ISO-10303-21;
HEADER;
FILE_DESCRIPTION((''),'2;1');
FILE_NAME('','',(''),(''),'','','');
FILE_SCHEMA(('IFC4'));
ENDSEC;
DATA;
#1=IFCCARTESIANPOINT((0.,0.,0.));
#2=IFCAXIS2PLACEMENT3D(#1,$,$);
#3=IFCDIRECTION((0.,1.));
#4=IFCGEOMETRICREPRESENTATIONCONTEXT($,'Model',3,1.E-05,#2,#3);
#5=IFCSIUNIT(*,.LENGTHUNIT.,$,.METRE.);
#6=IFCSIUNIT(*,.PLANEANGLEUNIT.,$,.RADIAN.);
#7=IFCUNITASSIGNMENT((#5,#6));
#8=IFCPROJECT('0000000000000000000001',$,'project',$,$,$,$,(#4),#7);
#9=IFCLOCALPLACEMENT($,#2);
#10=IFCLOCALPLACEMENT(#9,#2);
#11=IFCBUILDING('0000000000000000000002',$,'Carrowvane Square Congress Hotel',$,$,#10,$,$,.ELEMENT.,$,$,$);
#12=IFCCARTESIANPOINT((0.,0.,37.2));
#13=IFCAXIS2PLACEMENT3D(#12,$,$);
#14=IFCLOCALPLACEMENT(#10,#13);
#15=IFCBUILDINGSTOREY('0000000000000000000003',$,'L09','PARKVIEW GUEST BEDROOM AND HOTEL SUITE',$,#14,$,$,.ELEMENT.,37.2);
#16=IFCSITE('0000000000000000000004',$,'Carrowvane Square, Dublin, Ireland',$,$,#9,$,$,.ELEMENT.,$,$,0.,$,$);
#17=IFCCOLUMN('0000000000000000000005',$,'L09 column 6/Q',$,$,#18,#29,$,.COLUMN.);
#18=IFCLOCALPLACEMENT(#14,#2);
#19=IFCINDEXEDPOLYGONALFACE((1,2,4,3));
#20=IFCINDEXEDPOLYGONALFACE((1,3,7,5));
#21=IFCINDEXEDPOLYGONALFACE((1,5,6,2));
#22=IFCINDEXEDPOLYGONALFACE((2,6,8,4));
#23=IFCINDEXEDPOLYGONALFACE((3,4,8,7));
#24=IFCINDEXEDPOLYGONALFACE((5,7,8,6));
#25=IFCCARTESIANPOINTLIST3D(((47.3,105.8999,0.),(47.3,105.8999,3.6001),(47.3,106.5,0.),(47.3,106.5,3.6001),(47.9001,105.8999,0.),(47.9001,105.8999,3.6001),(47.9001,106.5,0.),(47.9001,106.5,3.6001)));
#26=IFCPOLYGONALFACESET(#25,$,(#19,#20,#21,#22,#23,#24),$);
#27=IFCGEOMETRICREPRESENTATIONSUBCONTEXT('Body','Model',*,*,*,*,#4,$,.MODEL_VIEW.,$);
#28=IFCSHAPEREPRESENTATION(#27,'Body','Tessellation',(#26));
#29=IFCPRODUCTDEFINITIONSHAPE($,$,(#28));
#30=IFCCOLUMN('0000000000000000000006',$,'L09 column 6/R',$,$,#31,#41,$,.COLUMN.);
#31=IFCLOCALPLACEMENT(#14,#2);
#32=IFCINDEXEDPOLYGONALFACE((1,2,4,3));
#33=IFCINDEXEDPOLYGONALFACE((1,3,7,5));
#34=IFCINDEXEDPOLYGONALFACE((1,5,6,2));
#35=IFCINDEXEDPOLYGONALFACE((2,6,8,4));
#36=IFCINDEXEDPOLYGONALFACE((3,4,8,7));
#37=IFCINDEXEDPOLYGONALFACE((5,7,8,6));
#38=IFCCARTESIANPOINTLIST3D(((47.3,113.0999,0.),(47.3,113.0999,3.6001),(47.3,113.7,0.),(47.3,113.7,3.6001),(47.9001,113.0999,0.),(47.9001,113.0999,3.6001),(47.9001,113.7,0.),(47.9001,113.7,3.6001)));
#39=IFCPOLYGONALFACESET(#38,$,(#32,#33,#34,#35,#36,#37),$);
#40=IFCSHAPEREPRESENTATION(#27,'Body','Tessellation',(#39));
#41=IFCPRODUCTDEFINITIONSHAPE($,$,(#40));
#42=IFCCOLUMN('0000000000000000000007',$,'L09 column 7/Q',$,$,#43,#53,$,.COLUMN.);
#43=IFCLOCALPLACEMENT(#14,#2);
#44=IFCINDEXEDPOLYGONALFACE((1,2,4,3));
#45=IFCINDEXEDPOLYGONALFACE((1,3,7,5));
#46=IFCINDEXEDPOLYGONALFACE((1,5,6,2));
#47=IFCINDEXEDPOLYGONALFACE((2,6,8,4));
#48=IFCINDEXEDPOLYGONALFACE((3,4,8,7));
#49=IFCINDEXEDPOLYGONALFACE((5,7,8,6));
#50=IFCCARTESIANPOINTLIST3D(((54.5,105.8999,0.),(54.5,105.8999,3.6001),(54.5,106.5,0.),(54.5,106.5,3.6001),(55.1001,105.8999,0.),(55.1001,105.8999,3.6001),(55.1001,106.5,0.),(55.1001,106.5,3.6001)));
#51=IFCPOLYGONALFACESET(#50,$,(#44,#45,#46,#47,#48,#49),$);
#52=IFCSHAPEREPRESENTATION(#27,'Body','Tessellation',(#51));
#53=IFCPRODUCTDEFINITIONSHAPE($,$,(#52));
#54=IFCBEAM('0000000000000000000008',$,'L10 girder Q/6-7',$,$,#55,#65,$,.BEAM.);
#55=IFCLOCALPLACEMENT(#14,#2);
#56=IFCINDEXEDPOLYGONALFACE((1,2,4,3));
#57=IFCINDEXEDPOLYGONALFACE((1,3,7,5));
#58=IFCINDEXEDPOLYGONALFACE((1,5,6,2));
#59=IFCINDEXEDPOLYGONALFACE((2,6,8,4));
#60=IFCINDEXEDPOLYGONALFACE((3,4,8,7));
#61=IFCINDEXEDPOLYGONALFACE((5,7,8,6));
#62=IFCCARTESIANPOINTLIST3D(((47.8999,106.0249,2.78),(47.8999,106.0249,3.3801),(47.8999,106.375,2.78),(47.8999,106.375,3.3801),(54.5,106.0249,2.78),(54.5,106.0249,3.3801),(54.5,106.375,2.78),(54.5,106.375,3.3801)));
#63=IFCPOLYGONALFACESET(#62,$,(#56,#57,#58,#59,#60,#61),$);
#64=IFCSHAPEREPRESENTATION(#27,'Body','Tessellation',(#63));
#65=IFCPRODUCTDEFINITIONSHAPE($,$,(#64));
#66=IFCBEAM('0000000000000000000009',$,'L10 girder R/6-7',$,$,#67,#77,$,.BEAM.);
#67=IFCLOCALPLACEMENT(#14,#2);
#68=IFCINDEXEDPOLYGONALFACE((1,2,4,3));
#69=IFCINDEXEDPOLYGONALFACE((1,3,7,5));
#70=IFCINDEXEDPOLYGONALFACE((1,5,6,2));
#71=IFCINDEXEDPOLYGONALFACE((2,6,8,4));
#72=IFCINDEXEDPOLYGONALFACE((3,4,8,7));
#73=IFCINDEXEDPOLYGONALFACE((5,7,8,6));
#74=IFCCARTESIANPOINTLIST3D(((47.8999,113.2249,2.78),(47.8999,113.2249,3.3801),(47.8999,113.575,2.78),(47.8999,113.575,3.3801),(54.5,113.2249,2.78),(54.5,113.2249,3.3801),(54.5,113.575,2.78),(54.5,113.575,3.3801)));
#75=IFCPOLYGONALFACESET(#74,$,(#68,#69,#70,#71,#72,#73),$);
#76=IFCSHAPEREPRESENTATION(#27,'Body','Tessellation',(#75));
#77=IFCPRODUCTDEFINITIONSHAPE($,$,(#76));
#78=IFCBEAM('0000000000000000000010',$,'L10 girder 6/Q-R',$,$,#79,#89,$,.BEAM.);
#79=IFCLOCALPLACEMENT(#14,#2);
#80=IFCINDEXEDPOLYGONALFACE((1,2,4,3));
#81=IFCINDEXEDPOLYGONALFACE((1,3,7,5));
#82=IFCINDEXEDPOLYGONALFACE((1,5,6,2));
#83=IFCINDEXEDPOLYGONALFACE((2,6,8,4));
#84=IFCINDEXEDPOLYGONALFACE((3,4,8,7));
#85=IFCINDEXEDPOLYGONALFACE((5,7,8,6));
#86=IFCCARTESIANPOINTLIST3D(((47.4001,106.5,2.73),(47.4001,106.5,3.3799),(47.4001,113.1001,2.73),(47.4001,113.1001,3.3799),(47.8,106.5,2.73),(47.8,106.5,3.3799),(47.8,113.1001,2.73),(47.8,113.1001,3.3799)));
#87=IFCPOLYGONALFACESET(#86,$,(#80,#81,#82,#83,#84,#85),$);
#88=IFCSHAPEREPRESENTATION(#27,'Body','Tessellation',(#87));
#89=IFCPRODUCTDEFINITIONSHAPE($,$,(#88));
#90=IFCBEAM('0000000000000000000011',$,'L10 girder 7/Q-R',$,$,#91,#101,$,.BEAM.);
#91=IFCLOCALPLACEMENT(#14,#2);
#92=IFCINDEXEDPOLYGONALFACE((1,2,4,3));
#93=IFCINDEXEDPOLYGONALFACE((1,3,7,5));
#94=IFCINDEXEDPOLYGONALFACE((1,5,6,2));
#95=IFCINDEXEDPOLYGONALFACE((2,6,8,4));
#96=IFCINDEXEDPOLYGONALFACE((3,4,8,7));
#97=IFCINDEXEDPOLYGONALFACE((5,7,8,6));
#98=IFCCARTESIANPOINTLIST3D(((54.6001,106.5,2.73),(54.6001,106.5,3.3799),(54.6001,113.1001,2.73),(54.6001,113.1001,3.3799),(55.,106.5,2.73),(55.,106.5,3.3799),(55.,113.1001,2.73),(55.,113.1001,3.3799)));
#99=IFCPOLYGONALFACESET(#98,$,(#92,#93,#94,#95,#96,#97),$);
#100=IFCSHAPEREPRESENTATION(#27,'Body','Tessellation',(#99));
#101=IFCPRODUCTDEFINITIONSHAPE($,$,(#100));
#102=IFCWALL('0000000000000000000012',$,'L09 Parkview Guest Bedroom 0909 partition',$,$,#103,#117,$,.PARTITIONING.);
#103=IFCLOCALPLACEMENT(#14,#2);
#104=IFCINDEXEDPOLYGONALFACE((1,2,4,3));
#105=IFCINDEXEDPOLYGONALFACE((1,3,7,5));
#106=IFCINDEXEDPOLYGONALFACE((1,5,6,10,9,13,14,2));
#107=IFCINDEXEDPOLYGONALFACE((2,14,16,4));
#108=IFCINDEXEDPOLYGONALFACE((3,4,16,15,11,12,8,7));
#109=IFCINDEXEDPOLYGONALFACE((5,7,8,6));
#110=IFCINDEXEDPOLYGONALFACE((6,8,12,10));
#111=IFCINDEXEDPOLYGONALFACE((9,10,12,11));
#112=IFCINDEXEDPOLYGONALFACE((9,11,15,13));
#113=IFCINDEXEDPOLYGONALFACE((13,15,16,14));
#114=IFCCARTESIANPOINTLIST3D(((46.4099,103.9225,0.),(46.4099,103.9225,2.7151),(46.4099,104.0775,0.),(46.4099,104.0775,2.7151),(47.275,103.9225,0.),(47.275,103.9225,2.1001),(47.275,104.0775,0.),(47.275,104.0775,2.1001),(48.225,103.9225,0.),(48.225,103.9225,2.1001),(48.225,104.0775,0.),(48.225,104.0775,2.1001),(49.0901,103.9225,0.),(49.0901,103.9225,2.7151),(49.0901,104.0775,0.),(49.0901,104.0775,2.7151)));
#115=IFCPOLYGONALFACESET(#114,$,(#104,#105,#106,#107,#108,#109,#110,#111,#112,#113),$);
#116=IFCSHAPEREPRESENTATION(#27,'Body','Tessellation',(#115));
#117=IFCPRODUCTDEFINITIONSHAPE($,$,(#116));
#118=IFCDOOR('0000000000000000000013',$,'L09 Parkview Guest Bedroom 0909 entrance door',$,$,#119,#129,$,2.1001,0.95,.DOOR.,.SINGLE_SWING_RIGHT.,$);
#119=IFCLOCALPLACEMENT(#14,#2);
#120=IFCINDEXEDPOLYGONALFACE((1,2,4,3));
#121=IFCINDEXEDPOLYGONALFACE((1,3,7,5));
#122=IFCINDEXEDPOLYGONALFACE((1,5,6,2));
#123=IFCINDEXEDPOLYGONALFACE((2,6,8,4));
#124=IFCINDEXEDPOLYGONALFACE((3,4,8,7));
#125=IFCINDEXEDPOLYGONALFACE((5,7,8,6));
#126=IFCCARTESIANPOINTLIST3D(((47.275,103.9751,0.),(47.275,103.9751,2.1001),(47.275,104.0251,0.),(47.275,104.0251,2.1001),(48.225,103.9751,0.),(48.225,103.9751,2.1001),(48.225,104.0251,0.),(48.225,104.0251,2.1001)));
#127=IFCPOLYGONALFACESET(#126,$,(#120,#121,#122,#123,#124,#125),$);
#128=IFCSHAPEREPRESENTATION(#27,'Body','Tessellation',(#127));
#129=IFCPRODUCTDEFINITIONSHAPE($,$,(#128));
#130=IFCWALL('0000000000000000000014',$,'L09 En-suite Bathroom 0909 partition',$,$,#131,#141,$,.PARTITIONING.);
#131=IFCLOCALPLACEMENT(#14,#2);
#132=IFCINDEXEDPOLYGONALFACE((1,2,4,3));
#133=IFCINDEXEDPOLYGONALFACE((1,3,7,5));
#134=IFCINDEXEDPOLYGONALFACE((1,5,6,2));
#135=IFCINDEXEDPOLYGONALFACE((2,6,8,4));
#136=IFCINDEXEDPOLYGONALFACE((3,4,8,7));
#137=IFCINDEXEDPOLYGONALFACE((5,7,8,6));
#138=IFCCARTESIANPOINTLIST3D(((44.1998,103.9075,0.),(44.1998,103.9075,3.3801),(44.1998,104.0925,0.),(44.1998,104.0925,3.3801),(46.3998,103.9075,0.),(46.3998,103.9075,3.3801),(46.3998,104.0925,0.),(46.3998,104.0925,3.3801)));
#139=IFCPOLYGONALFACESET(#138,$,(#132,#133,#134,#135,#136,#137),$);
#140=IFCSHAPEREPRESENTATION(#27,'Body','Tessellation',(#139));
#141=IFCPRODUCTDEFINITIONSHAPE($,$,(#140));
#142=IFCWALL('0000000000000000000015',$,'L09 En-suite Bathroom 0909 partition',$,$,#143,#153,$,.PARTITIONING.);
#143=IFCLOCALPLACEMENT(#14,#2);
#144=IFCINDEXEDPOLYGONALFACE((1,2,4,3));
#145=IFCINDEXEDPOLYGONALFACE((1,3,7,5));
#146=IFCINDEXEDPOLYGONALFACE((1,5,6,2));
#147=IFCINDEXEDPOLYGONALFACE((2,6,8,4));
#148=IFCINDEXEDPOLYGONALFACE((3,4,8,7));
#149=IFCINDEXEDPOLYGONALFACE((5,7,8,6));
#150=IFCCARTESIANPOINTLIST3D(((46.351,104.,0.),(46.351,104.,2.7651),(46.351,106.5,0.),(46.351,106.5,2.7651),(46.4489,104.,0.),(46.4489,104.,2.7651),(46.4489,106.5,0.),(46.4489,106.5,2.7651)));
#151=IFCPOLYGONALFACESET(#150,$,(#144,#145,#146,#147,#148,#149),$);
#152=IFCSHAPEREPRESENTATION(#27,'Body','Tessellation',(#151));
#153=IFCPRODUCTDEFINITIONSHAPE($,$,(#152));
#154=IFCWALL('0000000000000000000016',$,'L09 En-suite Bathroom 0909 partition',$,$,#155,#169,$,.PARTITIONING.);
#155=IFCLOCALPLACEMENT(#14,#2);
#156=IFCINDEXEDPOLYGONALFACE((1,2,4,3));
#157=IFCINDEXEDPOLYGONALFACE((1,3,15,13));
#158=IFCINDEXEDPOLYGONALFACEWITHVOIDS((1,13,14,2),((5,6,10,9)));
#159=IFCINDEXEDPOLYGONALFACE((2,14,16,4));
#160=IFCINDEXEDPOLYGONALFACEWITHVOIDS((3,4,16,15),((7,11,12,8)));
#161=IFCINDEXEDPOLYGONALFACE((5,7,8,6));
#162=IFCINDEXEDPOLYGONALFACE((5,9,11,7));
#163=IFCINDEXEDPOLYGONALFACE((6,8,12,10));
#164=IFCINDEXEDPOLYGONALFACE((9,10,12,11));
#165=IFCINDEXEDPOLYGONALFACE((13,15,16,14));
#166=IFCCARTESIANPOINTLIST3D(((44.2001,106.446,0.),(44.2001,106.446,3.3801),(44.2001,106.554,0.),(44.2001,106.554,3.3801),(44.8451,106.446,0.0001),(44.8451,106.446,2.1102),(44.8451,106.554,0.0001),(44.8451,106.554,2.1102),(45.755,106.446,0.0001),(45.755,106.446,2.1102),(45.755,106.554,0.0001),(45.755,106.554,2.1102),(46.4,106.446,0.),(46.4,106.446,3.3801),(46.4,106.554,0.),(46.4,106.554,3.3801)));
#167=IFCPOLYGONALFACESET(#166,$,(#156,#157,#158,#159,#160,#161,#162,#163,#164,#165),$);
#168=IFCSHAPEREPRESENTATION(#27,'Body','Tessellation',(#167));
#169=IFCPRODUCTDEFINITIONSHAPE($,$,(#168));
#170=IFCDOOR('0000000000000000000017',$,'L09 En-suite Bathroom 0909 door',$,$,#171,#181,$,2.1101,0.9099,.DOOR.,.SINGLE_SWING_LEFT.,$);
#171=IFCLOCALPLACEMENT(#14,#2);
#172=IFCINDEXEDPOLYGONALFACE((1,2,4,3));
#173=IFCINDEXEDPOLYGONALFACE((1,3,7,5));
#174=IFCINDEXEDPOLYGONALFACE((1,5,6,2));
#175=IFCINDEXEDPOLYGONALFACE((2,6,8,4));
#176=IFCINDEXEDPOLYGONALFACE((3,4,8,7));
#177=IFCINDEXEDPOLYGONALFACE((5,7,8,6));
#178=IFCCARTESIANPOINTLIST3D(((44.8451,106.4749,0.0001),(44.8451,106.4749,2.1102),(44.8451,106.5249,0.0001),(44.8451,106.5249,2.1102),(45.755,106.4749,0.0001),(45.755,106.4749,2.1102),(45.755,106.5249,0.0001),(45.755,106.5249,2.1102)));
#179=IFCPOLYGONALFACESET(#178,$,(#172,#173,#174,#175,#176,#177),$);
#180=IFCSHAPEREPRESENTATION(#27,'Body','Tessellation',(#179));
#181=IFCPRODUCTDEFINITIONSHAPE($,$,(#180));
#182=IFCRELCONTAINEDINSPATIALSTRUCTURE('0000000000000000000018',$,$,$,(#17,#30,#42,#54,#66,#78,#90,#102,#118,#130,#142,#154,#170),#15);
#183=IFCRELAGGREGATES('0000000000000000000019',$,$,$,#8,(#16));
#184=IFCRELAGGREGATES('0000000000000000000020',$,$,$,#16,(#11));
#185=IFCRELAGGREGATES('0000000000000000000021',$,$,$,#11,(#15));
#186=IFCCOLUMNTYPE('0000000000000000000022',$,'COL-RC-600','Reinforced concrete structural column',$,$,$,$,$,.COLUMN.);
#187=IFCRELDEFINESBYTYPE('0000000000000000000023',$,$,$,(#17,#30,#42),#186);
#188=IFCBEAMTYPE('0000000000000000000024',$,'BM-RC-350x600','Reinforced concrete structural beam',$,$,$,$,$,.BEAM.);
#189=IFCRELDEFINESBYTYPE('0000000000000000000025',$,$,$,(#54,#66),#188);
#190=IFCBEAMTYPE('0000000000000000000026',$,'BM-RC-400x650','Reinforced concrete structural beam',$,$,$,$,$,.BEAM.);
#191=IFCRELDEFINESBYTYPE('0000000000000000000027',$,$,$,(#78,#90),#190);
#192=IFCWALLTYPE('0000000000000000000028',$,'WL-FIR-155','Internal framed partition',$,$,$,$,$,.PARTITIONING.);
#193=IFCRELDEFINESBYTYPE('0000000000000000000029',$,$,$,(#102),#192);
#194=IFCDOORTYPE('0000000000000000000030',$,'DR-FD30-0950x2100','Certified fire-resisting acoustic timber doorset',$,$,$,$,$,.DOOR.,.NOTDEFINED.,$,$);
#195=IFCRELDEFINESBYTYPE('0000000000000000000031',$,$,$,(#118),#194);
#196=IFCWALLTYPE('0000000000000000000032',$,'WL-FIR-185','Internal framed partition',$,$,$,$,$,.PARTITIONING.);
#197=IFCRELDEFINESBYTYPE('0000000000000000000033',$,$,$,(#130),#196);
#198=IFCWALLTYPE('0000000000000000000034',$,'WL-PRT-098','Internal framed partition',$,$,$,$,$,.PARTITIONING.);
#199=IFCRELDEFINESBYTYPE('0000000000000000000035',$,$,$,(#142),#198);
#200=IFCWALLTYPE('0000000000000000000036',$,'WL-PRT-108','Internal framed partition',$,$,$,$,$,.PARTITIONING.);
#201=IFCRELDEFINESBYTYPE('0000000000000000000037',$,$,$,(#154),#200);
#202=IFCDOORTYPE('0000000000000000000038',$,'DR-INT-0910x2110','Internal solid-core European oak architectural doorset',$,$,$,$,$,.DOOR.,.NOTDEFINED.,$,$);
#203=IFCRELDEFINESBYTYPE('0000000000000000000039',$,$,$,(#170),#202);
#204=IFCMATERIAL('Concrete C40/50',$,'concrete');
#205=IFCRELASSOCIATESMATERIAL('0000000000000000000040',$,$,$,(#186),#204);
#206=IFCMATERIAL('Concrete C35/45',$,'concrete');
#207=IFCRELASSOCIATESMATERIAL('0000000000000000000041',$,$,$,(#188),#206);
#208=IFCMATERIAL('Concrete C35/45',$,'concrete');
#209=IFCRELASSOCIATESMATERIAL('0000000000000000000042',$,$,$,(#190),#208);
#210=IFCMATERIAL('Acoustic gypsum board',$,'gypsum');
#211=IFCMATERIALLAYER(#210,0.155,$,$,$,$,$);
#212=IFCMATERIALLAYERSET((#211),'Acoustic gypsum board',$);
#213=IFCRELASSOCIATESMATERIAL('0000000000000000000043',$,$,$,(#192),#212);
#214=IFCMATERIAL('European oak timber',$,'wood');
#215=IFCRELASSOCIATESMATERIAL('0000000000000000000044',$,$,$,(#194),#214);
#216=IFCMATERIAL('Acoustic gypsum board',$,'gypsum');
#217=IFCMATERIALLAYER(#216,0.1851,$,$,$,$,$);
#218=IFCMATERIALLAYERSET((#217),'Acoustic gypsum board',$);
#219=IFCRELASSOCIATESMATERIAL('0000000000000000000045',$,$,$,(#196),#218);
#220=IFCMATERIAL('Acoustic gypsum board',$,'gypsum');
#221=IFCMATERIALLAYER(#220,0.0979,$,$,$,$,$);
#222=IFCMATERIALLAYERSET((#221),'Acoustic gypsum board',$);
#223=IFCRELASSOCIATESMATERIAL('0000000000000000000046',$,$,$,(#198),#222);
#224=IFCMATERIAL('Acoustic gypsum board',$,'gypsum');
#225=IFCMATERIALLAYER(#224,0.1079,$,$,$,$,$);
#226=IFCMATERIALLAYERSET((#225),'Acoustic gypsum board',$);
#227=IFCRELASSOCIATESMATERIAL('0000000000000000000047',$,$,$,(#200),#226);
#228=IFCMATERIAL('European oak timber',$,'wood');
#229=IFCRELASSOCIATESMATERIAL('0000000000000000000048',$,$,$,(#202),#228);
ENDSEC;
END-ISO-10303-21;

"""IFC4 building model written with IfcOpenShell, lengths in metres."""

from ifc_helpers import new_model, si_unit, direction, frame, frame_2d, origin, origin_2d, place, context, subcontext, project, spatial, rectangle, extrude, material, layer, layer_set, material_profile, profile_set, type_object, element, fill, save


model = new_model("IFC4")

# Units and contexts
model_context = context("Model", 3, precision=1e-05, world=origin(), true_north=direction((0.0, 1.0)))
body_context = subcontext(model_context, "Body", "Model", "MODEL_VIEW")
ifc_project = project(units=[si_unit("LENGTHUNIT", "METRE"), si_unit("PLANEANGLEUNIT", "RADIAN")], contexts=[model_context])

# Site, building, storey
site_placement = place(None, origin())
site = spatial("IfcSite", under=ifc_project, at=site_placement, Name="Carrowvane Square, Dublin, Ireland", CompositionType="ELEMENT", RefElevation=0.0)
building_placement = place(site_placement, origin())
building = spatial("IfcBuilding", under=site, at=building_placement, Name="Carrowvane Square Congress Hotel", CompositionType="ELEMENT")
storey_placement = place(building_placement, frame((0.0, 0.0, 37.2)))
storey = spatial("IfcBuildingStorey", under=building, at=storey_placement, Name="L09", Description="PARKVIEW GUEST BEDROOM AND HOTEL SUITE", CompositionType="ELEMENT", Elevation=37.2)

# Columns
ifc_material_1 = material(Name="Concrete C40/50", Category="concrete")
ifc_material_profile_1 = material_profile(ifc_material_1, rectangle(XDim=0.6001, YDim=0.6001, at=origin_2d()), Name="RC 600x600")
ifc_profile_set_1 = profile_set([ifc_material_profile_1], Name="Concrete C40/50")
column_type = type_object("IfcColumnType", Name="COL-RC-600", Description="Reinforced concrete structural column", PredefinedType="COLUMN", material=ifc_profile_set_1)
for number, where, z_axis, x_axis, name in (
    (1, (47.6001, 106.2, 0.0), (0.0, 0.0, 1.0), (1.0, 0.0, 0.0), "L09 column 6/Q"),
    (2, (47.6001, 113.3999, 0.0), (0.0, 0.0, 1.0), (1.0, 0.0, 0.0), "L09 column 6/R"),
    (3, (54.8, 106.2, 0.0), (0.0, 0.0, 1.0), (1.0, 0.0, 0.0), "L09 column 7/Q"),
):
    element("IfcColumn", number, at=place(storey_placement, frame(where, z_axis=z_axis, x_axis=x_axis)), inside=storey, type_object=column_type, Name=name, PredefinedType="COLUMN", context=body_context, shape_type="SweptSolid", body=[
        extrude(rectangle(XDim=0.6001, YDim=0.6001, at=origin_2d()), origin(), (0.0, 0.0, 1.0), 3.6001),
    ])

# Beams
ifc_material_2 = material(Name="Concrete C35/45", Category="concrete")
ifc_material_profile_2 = material_profile(ifc_material_2, rectangle(XDim=0.3501, YDim=0.6001, at=origin_2d()), Name="RC 350x600")
ifc_profile_set_2 = profile_set([ifc_material_profile_2], Name="Concrete C35/45")
beam_type_1 = type_object("IfcBeamType", Name="BM-RC-350x600", Description="Reinforced concrete structural beam", PredefinedType="BEAM", material=ifc_profile_set_2)
for number, where, z_axis, x_axis, name in (
    (4, (47.8999, 106.2, 3.0801), (1.0, 0.0, 0.0), (0.0, 1.0, 0.0), "L10 girder Q/6-7"),
    (5, (47.8999, 113.3999, 3.0801), (1.0, 0.0, 0.0), (0.0, 1.0, 0.0), "L10 girder R/6-7"),
):
    element("IfcBeam", number, at=place(storey_placement, frame(where, z_axis=z_axis, x_axis=x_axis)), inside=storey, type_object=beam_type_1, Name=name, PredefinedType="BEAM", context=body_context, shape_type="SweptSolid", body=[
        extrude(rectangle(XDim=0.3501, YDim=0.6001, at=origin_2d()), origin(), (0.0, 0.0, 1.0), 6.6001),
    ])
ifc_material_3 = material(Name="Concrete C35/45", Category="concrete")
ifc_material_profile_3 = material_profile(ifc_material_3, rectangle(XDim=0.3999, YDim=0.6499, at=origin_2d()), Name="RC 400x650")
ifc_profile_set_3 = profile_set([ifc_material_profile_3], Name="Concrete C35/45")
beam_type_2 = type_object("IfcBeamType", Name="BM-RC-400x650", Description="Reinforced concrete structural beam", PredefinedType="BEAM", material=ifc_profile_set_3)
for number, where, z_axis, x_axis, name in (
    (6, (47.6001, 106.5, 3.0549), (0.0, 1.0, 0.0), (-1.0, 0.0, 0.0), "L10 girder 6/Q-R"),
    (7, (54.8, 106.5, 3.0549), (0.0, 1.0, 0.0), (-1.0, 0.0, 0.0), "L10 girder 7/Q-R"),
):
    element("IfcBeam", number, at=place(storey_placement, frame(where, z_axis=z_axis, x_axis=x_axis)), inside=storey, type_object=beam_type_2, Name=name, PredefinedType="BEAM", context=body_context, shape_type="SweptSolid", body=[
        extrude(rectangle(XDim=0.3999, YDim=0.6499, at=origin_2d()), origin(), (0.0, 0.0, 1.0), 6.6001),
    ])

# Wall, opening, door
ifc_material_4 = material(Name="Acoustic gypsum board", Category="gypsum")
ifc_layer_1 = layer(ifc_material_4, 0.155)
ifc_layer_set_1 = layer_set([ifc_layer_1], Name="Acoustic gypsum board")
wall_type_1 = type_object("IfcWallType", Name="WL-FIR-155", Description="Internal framed partition", PredefinedType="PARTITIONING", material=ifc_layer_set_1)
wall_1_placement = place(storey_placement, frame((49.0901, 104.0, 0.0), z_axis=(0.0, 0.0, 1.0), x_axis=(-1.0, 0.0, 0.0)))
wall_1 = element("IfcWall", 8, at=wall_1_placement, inside=storey, type_object=wall_type_1, Name="L09 Parkview Guest Bedroom 0909 partition", PredefinedType="PARTITIONING", context=body_context, shape_type="SweptSolid", body=[
    extrude(rectangle(XDim=2.6802, YDim=0.155, at=frame_2d((1.3401, 0.0))), origin(), (0.0, 0.0, 1.0), 2.7151),
])
opening_1_placement = place(wall_1_placement, frame((0.865, 0.0, 0.0)))
opening_1 = element("IfcOpeningElement", 9, at=opening_1_placement, cuts=wall_1, PredefinedType="OPENING", context=body_context, shape_type="SweptSolid", body=[
    extrude(rectangle(XDim=0.95, YDim=2.1001, at=frame_2d((0.4751, 1.05))), frame((0.0, 0.0874, 0.0), z_axis=(0.0, -1.0, 0.0), x_axis=(1.0, 0.0, 0.0)), (0.0, 0.0, 1.0), 0.175),
])
ifc_material_5 = material(Name="European oak timber", Category="wood")
door_type_1 = type_object("IfcDoorType", Name="DR-FD30-0950x2100", Description="Certified fire-resisting acoustic timber doorset", OperationType="NOTDEFINED", PredefinedType="DOOR", material=ifc_material_5)
door_1_placement = place(opening_1_placement, origin())
door_1 = element("IfcDoor", 10, at=door_1_placement, inside=storey, type_object=door_type_1, Name="L09 Parkview Guest Bedroom 0909 entrance door", OperationType="SINGLE_SWING_RIGHT", OverallHeight=2.1001, OverallWidth=0.95, PredefinedType="DOOR", context=body_context, shape_type="SweptSolid", body=[
    extrude(rectangle(XDim=0.95, YDim=2.1001, at=frame_2d((0.4751, 1.05))), frame((0.0, 0.0249, 0.0), z_axis=(0.0, -1.0, 0.0), x_axis=(1.0, 0.0, 0.0)), (0.0, 0.0, 1.0), 0.05),
])
fill(opening_1, door_1)

# Walls
ifc_material_6 = material(Name="Acoustic gypsum board", Category="gypsum")
ifc_layer_2 = layer(ifc_material_6, 0.1851)
ifc_layer_set_2 = layer_set([ifc_layer_2], Name="Acoustic gypsum board")
wall_type_2 = type_object("IfcWallType", Name="WL-FIR-185", Description="Internal framed partition", PredefinedType="PARTITIONING", material=ifc_layer_set_2)
wall_2_placement = place(storey_placement, frame((46.3999, 104.0, 0.0), z_axis=(0.0, 0.0, 1.0), x_axis=(-1.0, 0.0, 0.0)))
element("IfcWall", 11, at=wall_2_placement, inside=storey, type_object=wall_type_2, Name="L09 En-suite Bathroom 0909 partition", PredefinedType="PARTITIONING", context=body_context, shape_type="SweptSolid", body=[
    extrude(rectangle(XDim=2.2, YDim=0.1851, at=frame_2d((1.1001, 0.0))), origin(), (0.0, 0.0, 1.0), 3.3801),
])
ifc_material_7 = material(Name="Acoustic gypsum board", Category="gypsum")
ifc_layer_3 = layer(ifc_material_7, 0.0979)
ifc_layer_set_3 = layer_set([ifc_layer_3], Name="Acoustic gypsum board")
wall_type_3 = type_object("IfcWallType", Name="WL-PRT-098", Description="Internal framed partition", PredefinedType="PARTITIONING", material=ifc_layer_set_3)
wall_3_placement = place(storey_placement, frame((46.3999, 106.5, 0.0), z_axis=(0.0, 0.0, 1.0), x_axis=(0.0, -1.0, 0.0)))
element("IfcWall", 12, at=wall_3_placement, inside=storey, type_object=wall_type_3, Name="L09 En-suite Bathroom 0909 partition", PredefinedType="PARTITIONING", context=body_context, shape_type="SweptSolid", body=[
    extrude(rectangle(XDim=2.5, YDim=0.0979, at=frame_2d((1.25, 0.0))), origin(), (0.0, 0.0, 1.0), 2.7651),
])

# Wall, opening, door
ifc_material_8 = material(Name="Acoustic gypsum board", Category="gypsum")
ifc_layer_4 = layer(ifc_material_8, 0.1079)
ifc_layer_set_4 = layer_set([ifc_layer_4], Name="Acoustic gypsum board")
wall_type_4 = type_object("IfcWallType", Name="WL-PRT-108", Description="Internal framed partition", PredefinedType="PARTITIONING", material=ifc_layer_set_4)
wall_4_placement = place(storey_placement, frame((44.2, 106.5, 0.0), z_axis=(0.0, 0.0, 1.0), x_axis=(1.0, 0.0, 0.0)))
wall_4 = element("IfcWall", 13, at=wall_4_placement, inside=storey, type_object=wall_type_4, Name="L09 En-suite Bathroom 0909 partition", PredefinedType="PARTITIONING", context=body_context, shape_type="SweptSolid", body=[
    extrude(rectangle(XDim=2.2, YDim=0.1079, at=frame_2d((1.1001, 0.0))), origin(), (0.0, 0.0, 1.0), 3.3801),
])
opening_2_placement = place(wall_4_placement, frame((0.645, 0.0, 0.0)))
opening_2 = element("IfcOpeningElement", 14, at=opening_2_placement, cuts=wall_4, PredefinedType="OPENING", context=body_context, shape_type="SweptSolid", body=[
    extrude(rectangle(XDim=0.9099, YDim=2.1101, at=frame_2d((0.4551, 1.0552))), frame((0.0, 0.064, 0.0), z_axis=(0.0, -1.0, 0.0), x_axis=(1.0, 0.0, 0.0)), (0.0, 0.0, 1.0), 0.1279),
])
ifc_material_9 = material(Name="European oak timber", Category="wood")
door_type_2 = type_object("IfcDoorType", Name="DR-INT-0910x2110", Description="Internal solid-core European oak architectural doorset", OperationType="NOTDEFINED", PredefinedType="DOOR", material=ifc_material_9)
door_2_placement = place(opening_2_placement, origin())
door_2 = element("IfcDoor", 15, at=door_2_placement, inside=storey, type_object=door_type_2, Name="L09 En-suite Bathroom 0909 door", OperationType="SINGLE_SWING_LEFT", OverallHeight=2.1101, OverallWidth=0.9099, PredefinedType="DOOR", context=body_context, shape_type="SweptSolid", body=[
    extrude(rectangle(XDim=0.9099, YDim=2.1101, at=frame_2d((0.4551, 1.0552))), frame((0.0, 0.0249, 0.0), z_axis=(0.0, -1.0, 0.0), x_axis=(1.0, 0.0, 0.0)), (0.0, 0.0, 1.0), 0.05),
])
fill(opening_2, door_2)

save(model, "model.ifc")
